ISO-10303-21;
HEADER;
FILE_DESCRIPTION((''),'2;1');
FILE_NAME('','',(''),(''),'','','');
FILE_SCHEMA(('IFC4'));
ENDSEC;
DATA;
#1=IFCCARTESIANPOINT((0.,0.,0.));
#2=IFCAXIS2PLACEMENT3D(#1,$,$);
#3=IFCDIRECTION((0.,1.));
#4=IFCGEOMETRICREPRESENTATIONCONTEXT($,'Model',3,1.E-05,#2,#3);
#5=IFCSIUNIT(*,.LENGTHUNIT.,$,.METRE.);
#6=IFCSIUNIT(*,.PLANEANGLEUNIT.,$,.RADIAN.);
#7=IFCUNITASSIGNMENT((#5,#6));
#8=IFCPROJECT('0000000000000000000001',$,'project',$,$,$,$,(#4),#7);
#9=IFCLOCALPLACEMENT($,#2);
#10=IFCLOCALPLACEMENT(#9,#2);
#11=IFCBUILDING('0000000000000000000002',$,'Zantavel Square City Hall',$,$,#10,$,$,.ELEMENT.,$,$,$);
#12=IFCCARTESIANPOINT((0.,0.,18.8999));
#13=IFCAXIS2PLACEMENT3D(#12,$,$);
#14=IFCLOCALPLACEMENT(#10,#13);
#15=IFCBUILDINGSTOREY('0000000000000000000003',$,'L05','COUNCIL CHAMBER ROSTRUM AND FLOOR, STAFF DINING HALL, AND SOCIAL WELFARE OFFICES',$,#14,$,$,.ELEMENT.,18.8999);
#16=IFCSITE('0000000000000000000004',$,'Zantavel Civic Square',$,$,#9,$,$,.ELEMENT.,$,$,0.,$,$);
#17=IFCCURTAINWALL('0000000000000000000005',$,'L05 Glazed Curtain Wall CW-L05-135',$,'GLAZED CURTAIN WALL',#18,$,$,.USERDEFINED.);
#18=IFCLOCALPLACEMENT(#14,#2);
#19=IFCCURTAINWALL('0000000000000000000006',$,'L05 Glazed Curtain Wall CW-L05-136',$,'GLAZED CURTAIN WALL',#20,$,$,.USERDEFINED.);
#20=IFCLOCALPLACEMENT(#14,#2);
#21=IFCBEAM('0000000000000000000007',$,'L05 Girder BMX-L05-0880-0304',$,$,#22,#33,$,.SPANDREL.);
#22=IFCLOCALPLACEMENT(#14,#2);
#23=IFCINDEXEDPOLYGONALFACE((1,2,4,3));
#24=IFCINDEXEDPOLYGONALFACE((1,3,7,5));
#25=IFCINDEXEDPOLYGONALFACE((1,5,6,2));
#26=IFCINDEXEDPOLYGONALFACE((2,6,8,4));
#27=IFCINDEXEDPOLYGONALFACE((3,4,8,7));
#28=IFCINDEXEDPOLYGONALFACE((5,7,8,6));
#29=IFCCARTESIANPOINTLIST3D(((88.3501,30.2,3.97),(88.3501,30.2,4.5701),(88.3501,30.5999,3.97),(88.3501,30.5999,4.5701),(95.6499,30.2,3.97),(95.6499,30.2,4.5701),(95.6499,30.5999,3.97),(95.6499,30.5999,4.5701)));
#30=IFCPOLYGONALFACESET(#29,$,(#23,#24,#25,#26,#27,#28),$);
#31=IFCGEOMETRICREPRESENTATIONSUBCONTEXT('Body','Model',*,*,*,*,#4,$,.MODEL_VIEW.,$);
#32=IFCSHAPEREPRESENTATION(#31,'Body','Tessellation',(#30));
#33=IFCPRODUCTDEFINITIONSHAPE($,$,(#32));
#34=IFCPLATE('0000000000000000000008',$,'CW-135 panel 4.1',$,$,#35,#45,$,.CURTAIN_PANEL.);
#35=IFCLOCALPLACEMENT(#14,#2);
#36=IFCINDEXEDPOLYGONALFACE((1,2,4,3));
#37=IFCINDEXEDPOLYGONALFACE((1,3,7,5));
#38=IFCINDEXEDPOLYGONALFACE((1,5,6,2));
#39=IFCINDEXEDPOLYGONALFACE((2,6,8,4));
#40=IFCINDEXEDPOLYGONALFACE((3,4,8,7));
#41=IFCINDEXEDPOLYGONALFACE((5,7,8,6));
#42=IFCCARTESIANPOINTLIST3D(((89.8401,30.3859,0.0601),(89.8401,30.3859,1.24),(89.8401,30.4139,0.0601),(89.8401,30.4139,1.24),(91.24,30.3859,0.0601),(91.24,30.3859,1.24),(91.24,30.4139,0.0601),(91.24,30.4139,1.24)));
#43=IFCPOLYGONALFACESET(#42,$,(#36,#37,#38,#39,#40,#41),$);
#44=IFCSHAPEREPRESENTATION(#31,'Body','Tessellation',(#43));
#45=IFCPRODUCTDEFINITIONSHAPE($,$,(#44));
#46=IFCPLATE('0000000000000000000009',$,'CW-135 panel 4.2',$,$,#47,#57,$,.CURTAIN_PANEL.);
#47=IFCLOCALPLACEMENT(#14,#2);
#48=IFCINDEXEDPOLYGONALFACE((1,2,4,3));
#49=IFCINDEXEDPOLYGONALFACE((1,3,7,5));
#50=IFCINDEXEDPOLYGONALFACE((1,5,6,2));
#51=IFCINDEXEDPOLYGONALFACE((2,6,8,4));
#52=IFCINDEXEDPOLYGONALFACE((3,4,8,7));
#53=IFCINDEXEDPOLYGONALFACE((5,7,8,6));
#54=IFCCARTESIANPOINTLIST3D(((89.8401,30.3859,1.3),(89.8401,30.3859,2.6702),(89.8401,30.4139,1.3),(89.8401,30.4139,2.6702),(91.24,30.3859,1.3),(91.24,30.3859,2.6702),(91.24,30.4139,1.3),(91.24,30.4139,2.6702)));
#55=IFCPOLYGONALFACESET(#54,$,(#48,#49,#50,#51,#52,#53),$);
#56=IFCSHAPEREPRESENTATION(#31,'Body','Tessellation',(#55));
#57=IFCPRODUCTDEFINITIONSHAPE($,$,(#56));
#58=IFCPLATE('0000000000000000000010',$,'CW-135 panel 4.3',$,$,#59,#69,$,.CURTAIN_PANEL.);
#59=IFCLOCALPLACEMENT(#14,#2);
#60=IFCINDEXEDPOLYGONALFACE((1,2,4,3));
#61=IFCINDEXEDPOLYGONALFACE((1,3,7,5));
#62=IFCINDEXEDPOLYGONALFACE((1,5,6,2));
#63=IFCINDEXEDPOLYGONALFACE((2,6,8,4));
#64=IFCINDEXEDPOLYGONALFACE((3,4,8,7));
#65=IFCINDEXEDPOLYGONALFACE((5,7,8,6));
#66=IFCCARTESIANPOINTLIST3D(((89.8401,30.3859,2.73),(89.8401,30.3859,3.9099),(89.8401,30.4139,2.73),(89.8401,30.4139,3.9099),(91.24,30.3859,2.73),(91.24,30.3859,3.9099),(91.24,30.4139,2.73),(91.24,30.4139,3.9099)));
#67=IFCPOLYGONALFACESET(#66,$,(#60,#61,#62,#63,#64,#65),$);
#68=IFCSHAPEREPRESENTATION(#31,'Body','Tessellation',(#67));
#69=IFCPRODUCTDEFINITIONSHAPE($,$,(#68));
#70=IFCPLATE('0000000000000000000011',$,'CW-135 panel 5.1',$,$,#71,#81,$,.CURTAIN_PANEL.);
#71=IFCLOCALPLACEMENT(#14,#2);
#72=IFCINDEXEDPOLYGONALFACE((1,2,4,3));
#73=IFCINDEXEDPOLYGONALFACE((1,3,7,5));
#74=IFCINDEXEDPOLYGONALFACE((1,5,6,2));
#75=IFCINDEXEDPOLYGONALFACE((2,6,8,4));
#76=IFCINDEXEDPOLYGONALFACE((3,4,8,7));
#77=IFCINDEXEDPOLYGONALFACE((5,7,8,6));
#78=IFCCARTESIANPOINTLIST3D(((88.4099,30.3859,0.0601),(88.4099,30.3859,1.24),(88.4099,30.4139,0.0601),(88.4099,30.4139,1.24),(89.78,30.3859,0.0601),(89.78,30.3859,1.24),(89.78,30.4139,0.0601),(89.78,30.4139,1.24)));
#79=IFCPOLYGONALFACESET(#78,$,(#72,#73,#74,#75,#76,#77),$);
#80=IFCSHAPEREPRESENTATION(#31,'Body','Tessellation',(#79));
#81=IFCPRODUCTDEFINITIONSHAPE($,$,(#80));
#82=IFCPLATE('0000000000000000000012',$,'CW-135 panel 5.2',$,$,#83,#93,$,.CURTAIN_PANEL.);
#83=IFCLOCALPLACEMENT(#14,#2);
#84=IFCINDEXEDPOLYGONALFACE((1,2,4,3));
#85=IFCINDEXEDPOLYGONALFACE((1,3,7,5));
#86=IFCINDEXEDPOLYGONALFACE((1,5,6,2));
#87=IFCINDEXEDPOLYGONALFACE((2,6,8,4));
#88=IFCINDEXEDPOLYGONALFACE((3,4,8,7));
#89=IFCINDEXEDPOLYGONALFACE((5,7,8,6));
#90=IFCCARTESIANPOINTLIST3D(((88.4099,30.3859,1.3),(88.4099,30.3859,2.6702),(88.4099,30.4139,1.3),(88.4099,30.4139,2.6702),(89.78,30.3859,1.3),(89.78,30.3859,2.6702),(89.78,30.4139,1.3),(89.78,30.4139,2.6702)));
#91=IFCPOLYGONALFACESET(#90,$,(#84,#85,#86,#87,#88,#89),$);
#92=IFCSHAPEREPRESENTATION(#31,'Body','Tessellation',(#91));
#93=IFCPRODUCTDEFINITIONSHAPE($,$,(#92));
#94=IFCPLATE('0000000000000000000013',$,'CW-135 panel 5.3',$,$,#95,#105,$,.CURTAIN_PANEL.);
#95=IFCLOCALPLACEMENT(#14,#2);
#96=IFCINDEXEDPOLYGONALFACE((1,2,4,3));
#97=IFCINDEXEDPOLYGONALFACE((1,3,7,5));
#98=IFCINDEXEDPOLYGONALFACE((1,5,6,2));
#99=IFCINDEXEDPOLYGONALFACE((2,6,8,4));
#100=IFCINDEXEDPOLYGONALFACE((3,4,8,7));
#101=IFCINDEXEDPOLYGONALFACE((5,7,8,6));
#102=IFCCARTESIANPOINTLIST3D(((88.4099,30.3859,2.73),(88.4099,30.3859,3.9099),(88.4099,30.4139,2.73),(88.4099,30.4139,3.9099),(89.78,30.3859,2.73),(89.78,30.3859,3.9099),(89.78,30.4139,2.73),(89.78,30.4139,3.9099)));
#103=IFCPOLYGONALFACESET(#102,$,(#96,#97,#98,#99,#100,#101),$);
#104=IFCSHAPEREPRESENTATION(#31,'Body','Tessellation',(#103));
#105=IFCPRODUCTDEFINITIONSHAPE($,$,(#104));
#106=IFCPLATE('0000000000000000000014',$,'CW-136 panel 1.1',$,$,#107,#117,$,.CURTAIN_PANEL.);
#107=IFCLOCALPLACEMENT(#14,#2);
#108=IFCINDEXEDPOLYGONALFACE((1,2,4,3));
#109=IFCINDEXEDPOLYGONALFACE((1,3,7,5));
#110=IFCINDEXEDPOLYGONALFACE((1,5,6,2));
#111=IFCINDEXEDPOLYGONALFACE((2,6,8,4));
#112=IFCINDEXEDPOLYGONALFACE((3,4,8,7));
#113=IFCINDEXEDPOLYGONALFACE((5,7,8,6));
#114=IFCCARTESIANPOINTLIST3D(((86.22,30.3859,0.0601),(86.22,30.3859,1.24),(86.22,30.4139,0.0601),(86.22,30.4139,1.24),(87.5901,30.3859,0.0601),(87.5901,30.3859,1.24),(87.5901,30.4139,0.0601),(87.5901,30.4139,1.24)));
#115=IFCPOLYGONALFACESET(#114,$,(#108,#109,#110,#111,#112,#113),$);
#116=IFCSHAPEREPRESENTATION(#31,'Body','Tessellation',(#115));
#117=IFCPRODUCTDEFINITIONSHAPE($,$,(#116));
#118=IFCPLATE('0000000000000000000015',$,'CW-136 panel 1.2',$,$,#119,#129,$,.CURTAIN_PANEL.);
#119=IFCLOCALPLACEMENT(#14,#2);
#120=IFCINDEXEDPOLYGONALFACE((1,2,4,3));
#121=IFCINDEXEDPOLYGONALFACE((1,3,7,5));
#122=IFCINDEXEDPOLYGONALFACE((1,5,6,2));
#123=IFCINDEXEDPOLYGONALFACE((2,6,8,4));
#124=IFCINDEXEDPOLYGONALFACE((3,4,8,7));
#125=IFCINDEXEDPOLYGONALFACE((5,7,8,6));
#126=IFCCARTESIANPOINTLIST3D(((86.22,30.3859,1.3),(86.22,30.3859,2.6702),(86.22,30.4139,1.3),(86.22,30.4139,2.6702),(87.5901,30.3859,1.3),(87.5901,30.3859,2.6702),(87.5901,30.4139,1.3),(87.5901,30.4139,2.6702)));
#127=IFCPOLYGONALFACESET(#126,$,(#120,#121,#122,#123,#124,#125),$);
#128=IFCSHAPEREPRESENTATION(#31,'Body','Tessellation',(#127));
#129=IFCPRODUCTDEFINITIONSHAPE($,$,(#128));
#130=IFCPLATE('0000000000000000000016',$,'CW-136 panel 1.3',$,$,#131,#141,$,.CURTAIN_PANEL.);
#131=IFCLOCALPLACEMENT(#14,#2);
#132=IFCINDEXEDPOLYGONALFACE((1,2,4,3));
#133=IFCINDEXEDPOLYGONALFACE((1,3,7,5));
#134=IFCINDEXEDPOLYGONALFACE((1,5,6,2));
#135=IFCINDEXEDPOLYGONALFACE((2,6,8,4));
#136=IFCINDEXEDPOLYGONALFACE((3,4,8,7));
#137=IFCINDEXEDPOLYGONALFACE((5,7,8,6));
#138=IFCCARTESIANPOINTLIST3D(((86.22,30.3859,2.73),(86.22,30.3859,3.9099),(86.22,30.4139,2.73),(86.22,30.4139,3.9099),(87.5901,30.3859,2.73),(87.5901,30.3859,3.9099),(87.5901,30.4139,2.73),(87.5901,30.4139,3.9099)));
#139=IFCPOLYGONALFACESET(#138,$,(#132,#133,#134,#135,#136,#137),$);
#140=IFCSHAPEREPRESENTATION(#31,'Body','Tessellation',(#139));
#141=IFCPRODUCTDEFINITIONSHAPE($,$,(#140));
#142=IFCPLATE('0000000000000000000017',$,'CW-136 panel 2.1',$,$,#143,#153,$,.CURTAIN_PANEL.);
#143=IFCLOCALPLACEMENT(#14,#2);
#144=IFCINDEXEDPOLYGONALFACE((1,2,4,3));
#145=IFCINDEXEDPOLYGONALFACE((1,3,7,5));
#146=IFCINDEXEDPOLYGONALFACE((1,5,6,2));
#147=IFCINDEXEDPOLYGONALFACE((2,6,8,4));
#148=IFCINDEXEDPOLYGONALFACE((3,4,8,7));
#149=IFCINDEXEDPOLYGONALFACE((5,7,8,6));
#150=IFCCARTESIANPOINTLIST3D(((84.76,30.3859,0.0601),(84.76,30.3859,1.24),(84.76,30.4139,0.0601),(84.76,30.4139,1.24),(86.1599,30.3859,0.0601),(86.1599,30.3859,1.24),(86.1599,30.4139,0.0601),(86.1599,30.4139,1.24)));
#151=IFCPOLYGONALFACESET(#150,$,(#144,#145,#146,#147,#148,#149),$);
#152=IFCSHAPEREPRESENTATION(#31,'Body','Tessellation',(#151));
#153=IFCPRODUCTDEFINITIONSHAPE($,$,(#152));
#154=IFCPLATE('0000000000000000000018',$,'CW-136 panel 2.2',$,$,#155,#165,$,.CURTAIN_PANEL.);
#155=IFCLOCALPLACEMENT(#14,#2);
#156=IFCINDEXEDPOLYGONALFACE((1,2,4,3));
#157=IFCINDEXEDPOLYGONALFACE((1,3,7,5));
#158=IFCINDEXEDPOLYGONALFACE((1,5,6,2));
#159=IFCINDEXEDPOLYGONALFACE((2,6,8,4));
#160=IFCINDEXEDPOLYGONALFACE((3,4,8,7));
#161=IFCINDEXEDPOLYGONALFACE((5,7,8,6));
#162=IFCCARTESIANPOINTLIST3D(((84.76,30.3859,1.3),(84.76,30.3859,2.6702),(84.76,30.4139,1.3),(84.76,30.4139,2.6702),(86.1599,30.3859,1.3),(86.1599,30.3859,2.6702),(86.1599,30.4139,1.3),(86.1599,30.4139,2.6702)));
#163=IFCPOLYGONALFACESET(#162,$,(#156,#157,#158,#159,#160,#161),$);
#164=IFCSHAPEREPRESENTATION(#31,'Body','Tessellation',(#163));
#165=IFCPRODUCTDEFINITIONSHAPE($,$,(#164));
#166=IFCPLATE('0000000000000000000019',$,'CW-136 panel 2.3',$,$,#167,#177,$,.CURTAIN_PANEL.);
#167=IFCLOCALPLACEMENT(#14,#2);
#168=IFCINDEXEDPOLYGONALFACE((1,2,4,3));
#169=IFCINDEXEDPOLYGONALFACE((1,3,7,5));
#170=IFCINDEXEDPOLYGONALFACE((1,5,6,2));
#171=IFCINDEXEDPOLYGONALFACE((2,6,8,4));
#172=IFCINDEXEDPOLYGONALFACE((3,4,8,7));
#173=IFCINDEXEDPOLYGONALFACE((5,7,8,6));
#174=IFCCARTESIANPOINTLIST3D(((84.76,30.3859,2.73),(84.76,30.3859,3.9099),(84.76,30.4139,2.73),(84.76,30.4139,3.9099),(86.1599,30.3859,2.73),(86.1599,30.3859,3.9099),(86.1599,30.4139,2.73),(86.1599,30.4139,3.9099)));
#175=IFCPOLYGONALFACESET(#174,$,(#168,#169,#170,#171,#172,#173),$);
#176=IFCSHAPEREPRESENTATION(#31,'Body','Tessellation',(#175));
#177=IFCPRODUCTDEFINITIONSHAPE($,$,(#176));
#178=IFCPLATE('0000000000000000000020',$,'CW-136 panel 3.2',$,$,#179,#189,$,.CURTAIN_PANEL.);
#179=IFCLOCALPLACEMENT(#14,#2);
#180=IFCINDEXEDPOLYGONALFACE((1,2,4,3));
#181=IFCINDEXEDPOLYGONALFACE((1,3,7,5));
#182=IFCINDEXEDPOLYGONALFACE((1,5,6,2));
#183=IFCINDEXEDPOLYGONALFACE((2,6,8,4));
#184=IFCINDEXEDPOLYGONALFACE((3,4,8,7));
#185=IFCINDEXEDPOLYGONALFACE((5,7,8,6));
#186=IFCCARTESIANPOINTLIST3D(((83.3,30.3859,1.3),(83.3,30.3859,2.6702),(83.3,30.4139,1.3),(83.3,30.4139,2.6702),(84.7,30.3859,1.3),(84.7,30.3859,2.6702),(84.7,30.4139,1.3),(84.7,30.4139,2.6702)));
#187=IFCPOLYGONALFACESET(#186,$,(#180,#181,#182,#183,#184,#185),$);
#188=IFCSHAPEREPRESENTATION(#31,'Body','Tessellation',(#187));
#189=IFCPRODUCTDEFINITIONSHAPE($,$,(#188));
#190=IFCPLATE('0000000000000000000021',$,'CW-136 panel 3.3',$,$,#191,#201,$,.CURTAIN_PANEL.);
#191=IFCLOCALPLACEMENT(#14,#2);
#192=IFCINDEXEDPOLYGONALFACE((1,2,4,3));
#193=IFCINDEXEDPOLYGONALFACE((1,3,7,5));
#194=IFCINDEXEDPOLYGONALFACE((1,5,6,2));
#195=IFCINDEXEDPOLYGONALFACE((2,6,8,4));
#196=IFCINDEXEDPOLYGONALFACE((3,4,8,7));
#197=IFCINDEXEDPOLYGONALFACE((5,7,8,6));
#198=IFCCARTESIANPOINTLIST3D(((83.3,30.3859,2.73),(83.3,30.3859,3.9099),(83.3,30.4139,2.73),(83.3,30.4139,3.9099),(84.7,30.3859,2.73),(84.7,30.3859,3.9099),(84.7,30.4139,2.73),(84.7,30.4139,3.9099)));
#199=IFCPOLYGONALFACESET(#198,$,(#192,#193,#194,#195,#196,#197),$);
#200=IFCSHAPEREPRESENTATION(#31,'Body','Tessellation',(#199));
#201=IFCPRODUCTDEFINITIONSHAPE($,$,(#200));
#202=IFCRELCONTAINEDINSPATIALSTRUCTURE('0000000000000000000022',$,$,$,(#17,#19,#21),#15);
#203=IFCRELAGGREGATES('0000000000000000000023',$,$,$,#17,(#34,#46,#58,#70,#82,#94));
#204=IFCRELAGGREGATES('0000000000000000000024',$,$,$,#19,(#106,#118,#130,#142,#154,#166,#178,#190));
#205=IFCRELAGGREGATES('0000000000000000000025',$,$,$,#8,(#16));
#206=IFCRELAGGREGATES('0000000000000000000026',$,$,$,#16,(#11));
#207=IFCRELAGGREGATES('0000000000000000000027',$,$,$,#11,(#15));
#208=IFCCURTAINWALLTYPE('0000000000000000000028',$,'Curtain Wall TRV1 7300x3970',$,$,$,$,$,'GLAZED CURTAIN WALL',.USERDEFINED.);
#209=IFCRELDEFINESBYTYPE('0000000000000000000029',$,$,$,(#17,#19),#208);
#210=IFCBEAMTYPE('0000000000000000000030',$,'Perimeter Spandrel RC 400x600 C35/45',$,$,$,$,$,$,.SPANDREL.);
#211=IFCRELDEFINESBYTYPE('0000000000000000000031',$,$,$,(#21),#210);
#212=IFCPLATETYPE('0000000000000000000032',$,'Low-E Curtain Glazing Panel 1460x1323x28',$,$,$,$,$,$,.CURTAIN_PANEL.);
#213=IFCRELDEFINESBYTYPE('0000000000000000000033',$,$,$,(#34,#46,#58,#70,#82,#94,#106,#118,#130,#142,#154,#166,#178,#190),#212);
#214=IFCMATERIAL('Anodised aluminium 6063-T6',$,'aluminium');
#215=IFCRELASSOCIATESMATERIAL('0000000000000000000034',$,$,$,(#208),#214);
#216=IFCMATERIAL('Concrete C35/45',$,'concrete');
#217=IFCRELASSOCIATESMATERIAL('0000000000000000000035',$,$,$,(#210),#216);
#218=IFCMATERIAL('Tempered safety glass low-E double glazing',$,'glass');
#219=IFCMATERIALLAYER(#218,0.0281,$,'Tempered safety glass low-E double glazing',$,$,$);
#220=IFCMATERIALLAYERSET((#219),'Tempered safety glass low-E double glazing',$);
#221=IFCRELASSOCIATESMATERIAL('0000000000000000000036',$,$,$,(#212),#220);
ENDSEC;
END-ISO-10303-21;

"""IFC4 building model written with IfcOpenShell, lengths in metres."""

from ifc_helpers import new_model, si_unit, direction, frame, origin, origin_2d, place, context, subcontext, project, spatial, rectangle, extrude, material, layer, layer_set, material_profile, profile_set, type_object, element, aggregate, save


model = new_model("IFC4")

# Units and contexts
model_context = context("Model", 3, precision=1e-05, world=origin(), true_north=direction((0.0, 1.0)))
body_context = subcontext(model_context, "Body", "Model", "MODEL_VIEW")
ifc_project = project(units=[si_unit("LENGTHUNIT", "METRE"), si_unit("PLANEANGLEUNIT", "RADIAN")], contexts=[model_context])

# Site, building, storey
site_placement = place(None, origin())
site = spatial("IfcSite", under=ifc_project, at=site_placement, Name="Zantavel Civic Square", CompositionType="ELEMENT", RefElevation=0.0)
building_placement = place(site_placement, origin())
building = spatial("IfcBuilding", under=site, at=building_placement, Name="Zantavel Square City Hall", CompositionType="ELEMENT")
storey_placement = place(building_placement, frame((0.0, 0.0, 18.8999)))
storey = spatial("IfcBuildingStorey", under=building, at=storey_placement, Name="L05", Description="COUNCIL CHAMBER ROSTRUM AND FLOOR, STAFF DINING HALL, AND SOCIAL WELFARE OFFICES", CompositionType="ELEMENT", Elevation=18.8999)

# Curtain walls
ifc_material_1 = material(Name="Anodised aluminium 6063-T6", Category="aluminium")
curtain_wall_type = type_object("IfcCurtainWallType", Name="Curtain Wall TRV1 7300x3970", ElementType="GLAZED CURTAIN WALL", PredefinedType="USERDEFINED", material=ifc_material_1)
curtain_wall_1_placement = place(storey_placement, origin())
curtain_wall_1 = element("IfcCurtainWall", 1, at=curtain_wall_1_placement, inside=storey, type_object=curtain_wall_type, Name="L05 Glazed Curtain Wall CW-L05-135", ObjectType="GLAZED CURTAIN WALL", PredefinedType="USERDEFINED")
curtain_wall_2_placement = place(storey_placement, origin())
curtain_wall_2 = element("IfcCurtainWall", 2, at=curtain_wall_2_placement, inside=storey, type_object=curtain_wall_type, Name="L05 Glazed Curtain Wall CW-L05-136", ObjectType="GLAZED CURTAIN WALL", PredefinedType="USERDEFINED")

# Beam
ifc_material_2 = material(Name="Concrete C35/45", Category="concrete")
ifc_material_profile_1 = material_profile(ifc_material_2, rectangle(XDim=0.3999, YDim=0.6001, at=origin_2d()), Name="RC 400x600")
ifc_profile_set_1 = profile_set([ifc_material_profile_1], Name="Concrete C35/45")
beam_type = type_object("IfcBeamType", Name="Perimeter Spandrel RC 400x600 C35/45", PredefinedType="SPANDREL", material=ifc_profile_set_1)
beam_placement = place(storey_placement, frame((88.3501, 30.3999, 4.27), z_axis=(1.0, 0.0, 0.0), x_axis=(0.0, 1.0, 0.0)))
element("IfcBeam", 3, at=beam_placement, inside=storey, type_object=beam_type, Name="L05 Girder BMX-L05-0880-0304", PredefinedType="SPANDREL", context=body_context, shape_type="SweptSolid", body=[
    extrude(rectangle(XDim=0.3999, YDim=0.6001, at=origin_2d()), origin(), (0.0, 0.0, 1.0), 7.2998),
])

# Plates
ifc_material_3 = material(Name="Tempered safety glass low-E double glazing", Category="glass")
ifc_layer = layer(ifc_material_3, 0.0281, Name="Tempered safety glass low-E double glazing")
ifc_layer_set = layer_set([ifc_layer], Name="Tempered safety glass low-E double glazing")
plate_type = type_object("IfcPlateType", Name="Low-E Curtain Glazing Panel 1460x1323x28", PredefinedType="CURTAIN_PANEL", material=ifc_layer_set)
plate_1_placement = place(storey_placement, frame((90.54, 30.3999, 0.0601), z_axis=(0.0, 0.0, 1.0), x_axis=(-1.0, 0.0, 0.0)))
plate_1 = element("IfcPlate", 4, at=plate_1_placement, type_object=plate_type, Name="CW-135 panel 4.1", PredefinedType="CURTAIN_PANEL", context=body_context, shape_type="SweptSolid", body=[
    extrude(rectangle(XDim=1.3999, YDim=0.0281, at=origin_2d()), origin(), (0.0, 0.0, 1.0), 1.1799),
])
plate_2_placement = place(storey_placement, frame((90.54, 30.3999, 1.3), z_axis=(0.0, 0.0, 1.0), x_axis=(-1.0, 0.0, 0.0)))
plate_2 = element("IfcPlate", 5, at=plate_2_placement, type_object=plate_type, Name="CW-135 panel 4.2", PredefinedType="CURTAIN_PANEL", context=body_context, shape_type="SweptSolid", body=[
    extrude(rectangle(XDim=1.3999, YDim=0.0281, at=origin_2d()), origin(), (0.0, 0.0, 1.0), 1.3701),
])
plate_3_placement = place(storey_placement, frame((90.54, 30.3999, 2.73), z_axis=(0.0, 0.0, 1.0), x_axis=(-1.0, 0.0, 0.0)))
plate_3 = element("IfcPlate", 6, at=plate_3_placement, type_object=plate_type, Name="CW-135 panel 4.3", PredefinedType="CURTAIN_PANEL", context=body_context, shape_type="SweptSolid", body=[
    extrude(rectangle(XDim=1.3999, YDim=0.0281, at=origin_2d()), origin(), (0.0, 0.0, 1.0), 1.1799),
])
plate_4_placement = place(storey_placement, frame((89.095, 30.3999, 0.0601), z_axis=(0.0, 0.0, 1.0), x_axis=(-1.0, 0.0, 0.0)))
plate_4 = element("IfcPlate", 7, at=plate_4_placement, type_object=plate_type, Name="CW-135 panel 5.1", PredefinedType="CURTAIN_PANEL", context=body_context, shape_type="SweptSolid", body=[
    extrude(rectangle(XDim=1.3701, YDim=0.0281, at=origin_2d()), origin(), (0.0, 0.0, 1.0), 1.1799),
])
plate_5_placement = place(storey_placement, frame((89.095, 30.3999, 1.3), z_axis=(0.0, 0.0, 1.0), x_axis=(-1.0, 0.0, 0.0)))
plate_5 = element("IfcPlate", 8, at=plate_5_placement, type_object=plate_type, Name="CW-135 panel 5.2", PredefinedType="CURTAIN_PANEL", context=body_context, shape_type="SweptSolid", body=[
    extrude(rectangle(XDim=1.3701, YDim=0.0281, at=origin_2d()), origin(), (0.0, 0.0, 1.0), 1.3701),
])
plate_6_placement = place(storey_placement, frame((89.095, 30.3999, 2.73), z_axis=(0.0, 0.0, 1.0), x_axis=(-1.0, 0.0, 0.0)))
plate_6 = element("IfcPlate", 9, at=plate_6_placement, type_object=plate_type, Name="CW-135 panel 5.3", PredefinedType="CURTAIN_PANEL", context=body_context, shape_type="SweptSolid", body=[
    extrude(rectangle(XDim=1.3701, YDim=0.0281, at=origin_2d()), origin(), (0.0, 0.0, 1.0), 1.1799),
])
aggregate(curtain_wall_1, [plate_1, plate_2, plate_3, plate_4, plate_5, plate_6])
plate_7_placement = place(storey_placement, frame((86.905, 30.3999, 0.0601), z_axis=(0.0, 0.0, 1.0), x_axis=(-1.0, 0.0, 0.0)))
plate_7 = element("IfcPlate", 10, at=plate_7_placement, type_object=plate_type, Name="CW-136 panel 1.1", PredefinedType="CURTAIN_PANEL", context=body_context, shape_type="SweptSolid", body=[
    extrude(rectangle(XDim=1.3701, YDim=0.0281, at=origin_2d()), origin(), (0.0, 0.0, 1.0), 1.1799),
])
plate_8_placement = place(storey_placement, frame((86.905, 30.3999, 1.3), z_axis=(0.0, 0.0, 1.0), x_axis=(-1.0, 0.0, 0.0)))
plate_8 = element("IfcPlate", 11, at=plate_8_placement, type_object=plate_type, Name="CW-136 panel 1.2", PredefinedType="CURTAIN_PANEL", context=body_context, shape_type="SweptSolid", body=[
    extrude(rectangle(XDim=1.3701, YDim=0.0281, at=origin_2d()), origin(), (0.0, 0.0, 1.0), 1.3701),
])
plate_9_placement = place(storey_placement, frame((86.905, 30.3999, 2.73), z_axis=(0.0, 0.0, 1.0), x_axis=(-1.0, 0.0, 0.0)))
plate_9 = element("IfcPlate", 12, at=plate_9_placement, type_object=plate_type, Name="CW-136 panel 1.3", PredefinedType="CURTAIN_PANEL", context=body_context, shape_type="SweptSolid", body=[
    extrude(rectangle(XDim=1.3701, YDim=0.0281, at=origin_2d()), origin(), (0.0, 0.0, 1.0), 1.1799),
])
plate_10_placement = place(storey_placement, frame((85.46, 30.3999, 0.0601), z_axis=(0.0, 0.0, 1.0), x_axis=(-1.0, 0.0, 0.0)))
plate_10 = element("IfcPlate", 13, at=plate_10_placement, type_object=plate_type, Name="CW-136 panel 2.1", PredefinedType="CURTAIN_PANEL", context=body_context, shape_type="SweptSolid", body=[
    extrude(rectangle(XDim=1.3999, YDim=0.0281, at=origin_2d()), origin(), (0.0, 0.0, 1.0), 1.1799),
])
plate_11_placement = place(storey_placement, frame((85.46, 30.3999, 1.3), z_axis=(0.0, 0.0, 1.0), x_axis=(-1.0, 0.0, 0.0)))
plate_11 = element("IfcPlate", 14, at=plate_11_placement, type_object=plate_type, Name="CW-136 panel 2.2", PredefinedType="CURTAIN_PANEL", context=body_context, shape_type="SweptSolid", body=[
    extrude(rectangle(XDim=1.3999, YDim=0.0281, at=origin_2d()), origin(), (0.0, 0.0, 1.0), 1.3701),
])
plate_12_placement = place(storey_placement, frame((85.46, 30.3999, 2.73), z_axis=(0.0, 0.0, 1.0), x_axis=(-1.0, 0.0, 0.0)))
plate_12 = element("IfcPlate", 15, at=plate_12_placement, type_object=plate_type, Name="CW-136 panel 2.3", PredefinedType="CURTAIN_PANEL", context=body_context, shape_type="SweptSolid", body=[
    extrude(rectangle(XDim=1.3999, YDim=0.0281, at=origin_2d()), origin(), (0.0, 0.0, 1.0), 1.1799),
])
plate_13_placement = place(storey_placement, frame((84.0, 30.3999, 1.3), z_axis=(0.0, 0.0, 1.0), x_axis=(-1.0, 0.0, 0.0)))
plate_13 = element("IfcPlate", 16, at=plate_13_placement, type_object=plate_type, Name="CW-136 panel 3.2", PredefinedType="CURTAIN_PANEL", context=body_context, shape_type="SweptSolid", body=[
    extrude(rectangle(XDim=1.3999, YDim=0.0281, at=origin_2d()), origin(), (0.0, 0.0, 1.0), 1.3701),
])
plate_14_placement = place(storey_placement, frame((84.0, 30.3999, 2.73), z_axis=(0.0, 0.0, 1.0), x_axis=(-1.0, 0.0, 0.0)))
plate_14 = element("IfcPlate", 17, at=plate_14_placement, type_object=plate_type, Name="CW-136 panel 3.3", PredefinedType="CURTAIN_PANEL", context=body_context, shape_type="SweptSolid", body=[
    extrude(rectangle(XDim=1.3999, YDim=0.0281, at=origin_2d()), origin(), (0.0, 0.0, 1.0), 1.1799),
])
aggregate(curtain_wall_2, [plate_7, plate_8, plate_9, plate_10, plate_11, plate_12, plate_13, plate_14])

save(model, "model.ifc")
